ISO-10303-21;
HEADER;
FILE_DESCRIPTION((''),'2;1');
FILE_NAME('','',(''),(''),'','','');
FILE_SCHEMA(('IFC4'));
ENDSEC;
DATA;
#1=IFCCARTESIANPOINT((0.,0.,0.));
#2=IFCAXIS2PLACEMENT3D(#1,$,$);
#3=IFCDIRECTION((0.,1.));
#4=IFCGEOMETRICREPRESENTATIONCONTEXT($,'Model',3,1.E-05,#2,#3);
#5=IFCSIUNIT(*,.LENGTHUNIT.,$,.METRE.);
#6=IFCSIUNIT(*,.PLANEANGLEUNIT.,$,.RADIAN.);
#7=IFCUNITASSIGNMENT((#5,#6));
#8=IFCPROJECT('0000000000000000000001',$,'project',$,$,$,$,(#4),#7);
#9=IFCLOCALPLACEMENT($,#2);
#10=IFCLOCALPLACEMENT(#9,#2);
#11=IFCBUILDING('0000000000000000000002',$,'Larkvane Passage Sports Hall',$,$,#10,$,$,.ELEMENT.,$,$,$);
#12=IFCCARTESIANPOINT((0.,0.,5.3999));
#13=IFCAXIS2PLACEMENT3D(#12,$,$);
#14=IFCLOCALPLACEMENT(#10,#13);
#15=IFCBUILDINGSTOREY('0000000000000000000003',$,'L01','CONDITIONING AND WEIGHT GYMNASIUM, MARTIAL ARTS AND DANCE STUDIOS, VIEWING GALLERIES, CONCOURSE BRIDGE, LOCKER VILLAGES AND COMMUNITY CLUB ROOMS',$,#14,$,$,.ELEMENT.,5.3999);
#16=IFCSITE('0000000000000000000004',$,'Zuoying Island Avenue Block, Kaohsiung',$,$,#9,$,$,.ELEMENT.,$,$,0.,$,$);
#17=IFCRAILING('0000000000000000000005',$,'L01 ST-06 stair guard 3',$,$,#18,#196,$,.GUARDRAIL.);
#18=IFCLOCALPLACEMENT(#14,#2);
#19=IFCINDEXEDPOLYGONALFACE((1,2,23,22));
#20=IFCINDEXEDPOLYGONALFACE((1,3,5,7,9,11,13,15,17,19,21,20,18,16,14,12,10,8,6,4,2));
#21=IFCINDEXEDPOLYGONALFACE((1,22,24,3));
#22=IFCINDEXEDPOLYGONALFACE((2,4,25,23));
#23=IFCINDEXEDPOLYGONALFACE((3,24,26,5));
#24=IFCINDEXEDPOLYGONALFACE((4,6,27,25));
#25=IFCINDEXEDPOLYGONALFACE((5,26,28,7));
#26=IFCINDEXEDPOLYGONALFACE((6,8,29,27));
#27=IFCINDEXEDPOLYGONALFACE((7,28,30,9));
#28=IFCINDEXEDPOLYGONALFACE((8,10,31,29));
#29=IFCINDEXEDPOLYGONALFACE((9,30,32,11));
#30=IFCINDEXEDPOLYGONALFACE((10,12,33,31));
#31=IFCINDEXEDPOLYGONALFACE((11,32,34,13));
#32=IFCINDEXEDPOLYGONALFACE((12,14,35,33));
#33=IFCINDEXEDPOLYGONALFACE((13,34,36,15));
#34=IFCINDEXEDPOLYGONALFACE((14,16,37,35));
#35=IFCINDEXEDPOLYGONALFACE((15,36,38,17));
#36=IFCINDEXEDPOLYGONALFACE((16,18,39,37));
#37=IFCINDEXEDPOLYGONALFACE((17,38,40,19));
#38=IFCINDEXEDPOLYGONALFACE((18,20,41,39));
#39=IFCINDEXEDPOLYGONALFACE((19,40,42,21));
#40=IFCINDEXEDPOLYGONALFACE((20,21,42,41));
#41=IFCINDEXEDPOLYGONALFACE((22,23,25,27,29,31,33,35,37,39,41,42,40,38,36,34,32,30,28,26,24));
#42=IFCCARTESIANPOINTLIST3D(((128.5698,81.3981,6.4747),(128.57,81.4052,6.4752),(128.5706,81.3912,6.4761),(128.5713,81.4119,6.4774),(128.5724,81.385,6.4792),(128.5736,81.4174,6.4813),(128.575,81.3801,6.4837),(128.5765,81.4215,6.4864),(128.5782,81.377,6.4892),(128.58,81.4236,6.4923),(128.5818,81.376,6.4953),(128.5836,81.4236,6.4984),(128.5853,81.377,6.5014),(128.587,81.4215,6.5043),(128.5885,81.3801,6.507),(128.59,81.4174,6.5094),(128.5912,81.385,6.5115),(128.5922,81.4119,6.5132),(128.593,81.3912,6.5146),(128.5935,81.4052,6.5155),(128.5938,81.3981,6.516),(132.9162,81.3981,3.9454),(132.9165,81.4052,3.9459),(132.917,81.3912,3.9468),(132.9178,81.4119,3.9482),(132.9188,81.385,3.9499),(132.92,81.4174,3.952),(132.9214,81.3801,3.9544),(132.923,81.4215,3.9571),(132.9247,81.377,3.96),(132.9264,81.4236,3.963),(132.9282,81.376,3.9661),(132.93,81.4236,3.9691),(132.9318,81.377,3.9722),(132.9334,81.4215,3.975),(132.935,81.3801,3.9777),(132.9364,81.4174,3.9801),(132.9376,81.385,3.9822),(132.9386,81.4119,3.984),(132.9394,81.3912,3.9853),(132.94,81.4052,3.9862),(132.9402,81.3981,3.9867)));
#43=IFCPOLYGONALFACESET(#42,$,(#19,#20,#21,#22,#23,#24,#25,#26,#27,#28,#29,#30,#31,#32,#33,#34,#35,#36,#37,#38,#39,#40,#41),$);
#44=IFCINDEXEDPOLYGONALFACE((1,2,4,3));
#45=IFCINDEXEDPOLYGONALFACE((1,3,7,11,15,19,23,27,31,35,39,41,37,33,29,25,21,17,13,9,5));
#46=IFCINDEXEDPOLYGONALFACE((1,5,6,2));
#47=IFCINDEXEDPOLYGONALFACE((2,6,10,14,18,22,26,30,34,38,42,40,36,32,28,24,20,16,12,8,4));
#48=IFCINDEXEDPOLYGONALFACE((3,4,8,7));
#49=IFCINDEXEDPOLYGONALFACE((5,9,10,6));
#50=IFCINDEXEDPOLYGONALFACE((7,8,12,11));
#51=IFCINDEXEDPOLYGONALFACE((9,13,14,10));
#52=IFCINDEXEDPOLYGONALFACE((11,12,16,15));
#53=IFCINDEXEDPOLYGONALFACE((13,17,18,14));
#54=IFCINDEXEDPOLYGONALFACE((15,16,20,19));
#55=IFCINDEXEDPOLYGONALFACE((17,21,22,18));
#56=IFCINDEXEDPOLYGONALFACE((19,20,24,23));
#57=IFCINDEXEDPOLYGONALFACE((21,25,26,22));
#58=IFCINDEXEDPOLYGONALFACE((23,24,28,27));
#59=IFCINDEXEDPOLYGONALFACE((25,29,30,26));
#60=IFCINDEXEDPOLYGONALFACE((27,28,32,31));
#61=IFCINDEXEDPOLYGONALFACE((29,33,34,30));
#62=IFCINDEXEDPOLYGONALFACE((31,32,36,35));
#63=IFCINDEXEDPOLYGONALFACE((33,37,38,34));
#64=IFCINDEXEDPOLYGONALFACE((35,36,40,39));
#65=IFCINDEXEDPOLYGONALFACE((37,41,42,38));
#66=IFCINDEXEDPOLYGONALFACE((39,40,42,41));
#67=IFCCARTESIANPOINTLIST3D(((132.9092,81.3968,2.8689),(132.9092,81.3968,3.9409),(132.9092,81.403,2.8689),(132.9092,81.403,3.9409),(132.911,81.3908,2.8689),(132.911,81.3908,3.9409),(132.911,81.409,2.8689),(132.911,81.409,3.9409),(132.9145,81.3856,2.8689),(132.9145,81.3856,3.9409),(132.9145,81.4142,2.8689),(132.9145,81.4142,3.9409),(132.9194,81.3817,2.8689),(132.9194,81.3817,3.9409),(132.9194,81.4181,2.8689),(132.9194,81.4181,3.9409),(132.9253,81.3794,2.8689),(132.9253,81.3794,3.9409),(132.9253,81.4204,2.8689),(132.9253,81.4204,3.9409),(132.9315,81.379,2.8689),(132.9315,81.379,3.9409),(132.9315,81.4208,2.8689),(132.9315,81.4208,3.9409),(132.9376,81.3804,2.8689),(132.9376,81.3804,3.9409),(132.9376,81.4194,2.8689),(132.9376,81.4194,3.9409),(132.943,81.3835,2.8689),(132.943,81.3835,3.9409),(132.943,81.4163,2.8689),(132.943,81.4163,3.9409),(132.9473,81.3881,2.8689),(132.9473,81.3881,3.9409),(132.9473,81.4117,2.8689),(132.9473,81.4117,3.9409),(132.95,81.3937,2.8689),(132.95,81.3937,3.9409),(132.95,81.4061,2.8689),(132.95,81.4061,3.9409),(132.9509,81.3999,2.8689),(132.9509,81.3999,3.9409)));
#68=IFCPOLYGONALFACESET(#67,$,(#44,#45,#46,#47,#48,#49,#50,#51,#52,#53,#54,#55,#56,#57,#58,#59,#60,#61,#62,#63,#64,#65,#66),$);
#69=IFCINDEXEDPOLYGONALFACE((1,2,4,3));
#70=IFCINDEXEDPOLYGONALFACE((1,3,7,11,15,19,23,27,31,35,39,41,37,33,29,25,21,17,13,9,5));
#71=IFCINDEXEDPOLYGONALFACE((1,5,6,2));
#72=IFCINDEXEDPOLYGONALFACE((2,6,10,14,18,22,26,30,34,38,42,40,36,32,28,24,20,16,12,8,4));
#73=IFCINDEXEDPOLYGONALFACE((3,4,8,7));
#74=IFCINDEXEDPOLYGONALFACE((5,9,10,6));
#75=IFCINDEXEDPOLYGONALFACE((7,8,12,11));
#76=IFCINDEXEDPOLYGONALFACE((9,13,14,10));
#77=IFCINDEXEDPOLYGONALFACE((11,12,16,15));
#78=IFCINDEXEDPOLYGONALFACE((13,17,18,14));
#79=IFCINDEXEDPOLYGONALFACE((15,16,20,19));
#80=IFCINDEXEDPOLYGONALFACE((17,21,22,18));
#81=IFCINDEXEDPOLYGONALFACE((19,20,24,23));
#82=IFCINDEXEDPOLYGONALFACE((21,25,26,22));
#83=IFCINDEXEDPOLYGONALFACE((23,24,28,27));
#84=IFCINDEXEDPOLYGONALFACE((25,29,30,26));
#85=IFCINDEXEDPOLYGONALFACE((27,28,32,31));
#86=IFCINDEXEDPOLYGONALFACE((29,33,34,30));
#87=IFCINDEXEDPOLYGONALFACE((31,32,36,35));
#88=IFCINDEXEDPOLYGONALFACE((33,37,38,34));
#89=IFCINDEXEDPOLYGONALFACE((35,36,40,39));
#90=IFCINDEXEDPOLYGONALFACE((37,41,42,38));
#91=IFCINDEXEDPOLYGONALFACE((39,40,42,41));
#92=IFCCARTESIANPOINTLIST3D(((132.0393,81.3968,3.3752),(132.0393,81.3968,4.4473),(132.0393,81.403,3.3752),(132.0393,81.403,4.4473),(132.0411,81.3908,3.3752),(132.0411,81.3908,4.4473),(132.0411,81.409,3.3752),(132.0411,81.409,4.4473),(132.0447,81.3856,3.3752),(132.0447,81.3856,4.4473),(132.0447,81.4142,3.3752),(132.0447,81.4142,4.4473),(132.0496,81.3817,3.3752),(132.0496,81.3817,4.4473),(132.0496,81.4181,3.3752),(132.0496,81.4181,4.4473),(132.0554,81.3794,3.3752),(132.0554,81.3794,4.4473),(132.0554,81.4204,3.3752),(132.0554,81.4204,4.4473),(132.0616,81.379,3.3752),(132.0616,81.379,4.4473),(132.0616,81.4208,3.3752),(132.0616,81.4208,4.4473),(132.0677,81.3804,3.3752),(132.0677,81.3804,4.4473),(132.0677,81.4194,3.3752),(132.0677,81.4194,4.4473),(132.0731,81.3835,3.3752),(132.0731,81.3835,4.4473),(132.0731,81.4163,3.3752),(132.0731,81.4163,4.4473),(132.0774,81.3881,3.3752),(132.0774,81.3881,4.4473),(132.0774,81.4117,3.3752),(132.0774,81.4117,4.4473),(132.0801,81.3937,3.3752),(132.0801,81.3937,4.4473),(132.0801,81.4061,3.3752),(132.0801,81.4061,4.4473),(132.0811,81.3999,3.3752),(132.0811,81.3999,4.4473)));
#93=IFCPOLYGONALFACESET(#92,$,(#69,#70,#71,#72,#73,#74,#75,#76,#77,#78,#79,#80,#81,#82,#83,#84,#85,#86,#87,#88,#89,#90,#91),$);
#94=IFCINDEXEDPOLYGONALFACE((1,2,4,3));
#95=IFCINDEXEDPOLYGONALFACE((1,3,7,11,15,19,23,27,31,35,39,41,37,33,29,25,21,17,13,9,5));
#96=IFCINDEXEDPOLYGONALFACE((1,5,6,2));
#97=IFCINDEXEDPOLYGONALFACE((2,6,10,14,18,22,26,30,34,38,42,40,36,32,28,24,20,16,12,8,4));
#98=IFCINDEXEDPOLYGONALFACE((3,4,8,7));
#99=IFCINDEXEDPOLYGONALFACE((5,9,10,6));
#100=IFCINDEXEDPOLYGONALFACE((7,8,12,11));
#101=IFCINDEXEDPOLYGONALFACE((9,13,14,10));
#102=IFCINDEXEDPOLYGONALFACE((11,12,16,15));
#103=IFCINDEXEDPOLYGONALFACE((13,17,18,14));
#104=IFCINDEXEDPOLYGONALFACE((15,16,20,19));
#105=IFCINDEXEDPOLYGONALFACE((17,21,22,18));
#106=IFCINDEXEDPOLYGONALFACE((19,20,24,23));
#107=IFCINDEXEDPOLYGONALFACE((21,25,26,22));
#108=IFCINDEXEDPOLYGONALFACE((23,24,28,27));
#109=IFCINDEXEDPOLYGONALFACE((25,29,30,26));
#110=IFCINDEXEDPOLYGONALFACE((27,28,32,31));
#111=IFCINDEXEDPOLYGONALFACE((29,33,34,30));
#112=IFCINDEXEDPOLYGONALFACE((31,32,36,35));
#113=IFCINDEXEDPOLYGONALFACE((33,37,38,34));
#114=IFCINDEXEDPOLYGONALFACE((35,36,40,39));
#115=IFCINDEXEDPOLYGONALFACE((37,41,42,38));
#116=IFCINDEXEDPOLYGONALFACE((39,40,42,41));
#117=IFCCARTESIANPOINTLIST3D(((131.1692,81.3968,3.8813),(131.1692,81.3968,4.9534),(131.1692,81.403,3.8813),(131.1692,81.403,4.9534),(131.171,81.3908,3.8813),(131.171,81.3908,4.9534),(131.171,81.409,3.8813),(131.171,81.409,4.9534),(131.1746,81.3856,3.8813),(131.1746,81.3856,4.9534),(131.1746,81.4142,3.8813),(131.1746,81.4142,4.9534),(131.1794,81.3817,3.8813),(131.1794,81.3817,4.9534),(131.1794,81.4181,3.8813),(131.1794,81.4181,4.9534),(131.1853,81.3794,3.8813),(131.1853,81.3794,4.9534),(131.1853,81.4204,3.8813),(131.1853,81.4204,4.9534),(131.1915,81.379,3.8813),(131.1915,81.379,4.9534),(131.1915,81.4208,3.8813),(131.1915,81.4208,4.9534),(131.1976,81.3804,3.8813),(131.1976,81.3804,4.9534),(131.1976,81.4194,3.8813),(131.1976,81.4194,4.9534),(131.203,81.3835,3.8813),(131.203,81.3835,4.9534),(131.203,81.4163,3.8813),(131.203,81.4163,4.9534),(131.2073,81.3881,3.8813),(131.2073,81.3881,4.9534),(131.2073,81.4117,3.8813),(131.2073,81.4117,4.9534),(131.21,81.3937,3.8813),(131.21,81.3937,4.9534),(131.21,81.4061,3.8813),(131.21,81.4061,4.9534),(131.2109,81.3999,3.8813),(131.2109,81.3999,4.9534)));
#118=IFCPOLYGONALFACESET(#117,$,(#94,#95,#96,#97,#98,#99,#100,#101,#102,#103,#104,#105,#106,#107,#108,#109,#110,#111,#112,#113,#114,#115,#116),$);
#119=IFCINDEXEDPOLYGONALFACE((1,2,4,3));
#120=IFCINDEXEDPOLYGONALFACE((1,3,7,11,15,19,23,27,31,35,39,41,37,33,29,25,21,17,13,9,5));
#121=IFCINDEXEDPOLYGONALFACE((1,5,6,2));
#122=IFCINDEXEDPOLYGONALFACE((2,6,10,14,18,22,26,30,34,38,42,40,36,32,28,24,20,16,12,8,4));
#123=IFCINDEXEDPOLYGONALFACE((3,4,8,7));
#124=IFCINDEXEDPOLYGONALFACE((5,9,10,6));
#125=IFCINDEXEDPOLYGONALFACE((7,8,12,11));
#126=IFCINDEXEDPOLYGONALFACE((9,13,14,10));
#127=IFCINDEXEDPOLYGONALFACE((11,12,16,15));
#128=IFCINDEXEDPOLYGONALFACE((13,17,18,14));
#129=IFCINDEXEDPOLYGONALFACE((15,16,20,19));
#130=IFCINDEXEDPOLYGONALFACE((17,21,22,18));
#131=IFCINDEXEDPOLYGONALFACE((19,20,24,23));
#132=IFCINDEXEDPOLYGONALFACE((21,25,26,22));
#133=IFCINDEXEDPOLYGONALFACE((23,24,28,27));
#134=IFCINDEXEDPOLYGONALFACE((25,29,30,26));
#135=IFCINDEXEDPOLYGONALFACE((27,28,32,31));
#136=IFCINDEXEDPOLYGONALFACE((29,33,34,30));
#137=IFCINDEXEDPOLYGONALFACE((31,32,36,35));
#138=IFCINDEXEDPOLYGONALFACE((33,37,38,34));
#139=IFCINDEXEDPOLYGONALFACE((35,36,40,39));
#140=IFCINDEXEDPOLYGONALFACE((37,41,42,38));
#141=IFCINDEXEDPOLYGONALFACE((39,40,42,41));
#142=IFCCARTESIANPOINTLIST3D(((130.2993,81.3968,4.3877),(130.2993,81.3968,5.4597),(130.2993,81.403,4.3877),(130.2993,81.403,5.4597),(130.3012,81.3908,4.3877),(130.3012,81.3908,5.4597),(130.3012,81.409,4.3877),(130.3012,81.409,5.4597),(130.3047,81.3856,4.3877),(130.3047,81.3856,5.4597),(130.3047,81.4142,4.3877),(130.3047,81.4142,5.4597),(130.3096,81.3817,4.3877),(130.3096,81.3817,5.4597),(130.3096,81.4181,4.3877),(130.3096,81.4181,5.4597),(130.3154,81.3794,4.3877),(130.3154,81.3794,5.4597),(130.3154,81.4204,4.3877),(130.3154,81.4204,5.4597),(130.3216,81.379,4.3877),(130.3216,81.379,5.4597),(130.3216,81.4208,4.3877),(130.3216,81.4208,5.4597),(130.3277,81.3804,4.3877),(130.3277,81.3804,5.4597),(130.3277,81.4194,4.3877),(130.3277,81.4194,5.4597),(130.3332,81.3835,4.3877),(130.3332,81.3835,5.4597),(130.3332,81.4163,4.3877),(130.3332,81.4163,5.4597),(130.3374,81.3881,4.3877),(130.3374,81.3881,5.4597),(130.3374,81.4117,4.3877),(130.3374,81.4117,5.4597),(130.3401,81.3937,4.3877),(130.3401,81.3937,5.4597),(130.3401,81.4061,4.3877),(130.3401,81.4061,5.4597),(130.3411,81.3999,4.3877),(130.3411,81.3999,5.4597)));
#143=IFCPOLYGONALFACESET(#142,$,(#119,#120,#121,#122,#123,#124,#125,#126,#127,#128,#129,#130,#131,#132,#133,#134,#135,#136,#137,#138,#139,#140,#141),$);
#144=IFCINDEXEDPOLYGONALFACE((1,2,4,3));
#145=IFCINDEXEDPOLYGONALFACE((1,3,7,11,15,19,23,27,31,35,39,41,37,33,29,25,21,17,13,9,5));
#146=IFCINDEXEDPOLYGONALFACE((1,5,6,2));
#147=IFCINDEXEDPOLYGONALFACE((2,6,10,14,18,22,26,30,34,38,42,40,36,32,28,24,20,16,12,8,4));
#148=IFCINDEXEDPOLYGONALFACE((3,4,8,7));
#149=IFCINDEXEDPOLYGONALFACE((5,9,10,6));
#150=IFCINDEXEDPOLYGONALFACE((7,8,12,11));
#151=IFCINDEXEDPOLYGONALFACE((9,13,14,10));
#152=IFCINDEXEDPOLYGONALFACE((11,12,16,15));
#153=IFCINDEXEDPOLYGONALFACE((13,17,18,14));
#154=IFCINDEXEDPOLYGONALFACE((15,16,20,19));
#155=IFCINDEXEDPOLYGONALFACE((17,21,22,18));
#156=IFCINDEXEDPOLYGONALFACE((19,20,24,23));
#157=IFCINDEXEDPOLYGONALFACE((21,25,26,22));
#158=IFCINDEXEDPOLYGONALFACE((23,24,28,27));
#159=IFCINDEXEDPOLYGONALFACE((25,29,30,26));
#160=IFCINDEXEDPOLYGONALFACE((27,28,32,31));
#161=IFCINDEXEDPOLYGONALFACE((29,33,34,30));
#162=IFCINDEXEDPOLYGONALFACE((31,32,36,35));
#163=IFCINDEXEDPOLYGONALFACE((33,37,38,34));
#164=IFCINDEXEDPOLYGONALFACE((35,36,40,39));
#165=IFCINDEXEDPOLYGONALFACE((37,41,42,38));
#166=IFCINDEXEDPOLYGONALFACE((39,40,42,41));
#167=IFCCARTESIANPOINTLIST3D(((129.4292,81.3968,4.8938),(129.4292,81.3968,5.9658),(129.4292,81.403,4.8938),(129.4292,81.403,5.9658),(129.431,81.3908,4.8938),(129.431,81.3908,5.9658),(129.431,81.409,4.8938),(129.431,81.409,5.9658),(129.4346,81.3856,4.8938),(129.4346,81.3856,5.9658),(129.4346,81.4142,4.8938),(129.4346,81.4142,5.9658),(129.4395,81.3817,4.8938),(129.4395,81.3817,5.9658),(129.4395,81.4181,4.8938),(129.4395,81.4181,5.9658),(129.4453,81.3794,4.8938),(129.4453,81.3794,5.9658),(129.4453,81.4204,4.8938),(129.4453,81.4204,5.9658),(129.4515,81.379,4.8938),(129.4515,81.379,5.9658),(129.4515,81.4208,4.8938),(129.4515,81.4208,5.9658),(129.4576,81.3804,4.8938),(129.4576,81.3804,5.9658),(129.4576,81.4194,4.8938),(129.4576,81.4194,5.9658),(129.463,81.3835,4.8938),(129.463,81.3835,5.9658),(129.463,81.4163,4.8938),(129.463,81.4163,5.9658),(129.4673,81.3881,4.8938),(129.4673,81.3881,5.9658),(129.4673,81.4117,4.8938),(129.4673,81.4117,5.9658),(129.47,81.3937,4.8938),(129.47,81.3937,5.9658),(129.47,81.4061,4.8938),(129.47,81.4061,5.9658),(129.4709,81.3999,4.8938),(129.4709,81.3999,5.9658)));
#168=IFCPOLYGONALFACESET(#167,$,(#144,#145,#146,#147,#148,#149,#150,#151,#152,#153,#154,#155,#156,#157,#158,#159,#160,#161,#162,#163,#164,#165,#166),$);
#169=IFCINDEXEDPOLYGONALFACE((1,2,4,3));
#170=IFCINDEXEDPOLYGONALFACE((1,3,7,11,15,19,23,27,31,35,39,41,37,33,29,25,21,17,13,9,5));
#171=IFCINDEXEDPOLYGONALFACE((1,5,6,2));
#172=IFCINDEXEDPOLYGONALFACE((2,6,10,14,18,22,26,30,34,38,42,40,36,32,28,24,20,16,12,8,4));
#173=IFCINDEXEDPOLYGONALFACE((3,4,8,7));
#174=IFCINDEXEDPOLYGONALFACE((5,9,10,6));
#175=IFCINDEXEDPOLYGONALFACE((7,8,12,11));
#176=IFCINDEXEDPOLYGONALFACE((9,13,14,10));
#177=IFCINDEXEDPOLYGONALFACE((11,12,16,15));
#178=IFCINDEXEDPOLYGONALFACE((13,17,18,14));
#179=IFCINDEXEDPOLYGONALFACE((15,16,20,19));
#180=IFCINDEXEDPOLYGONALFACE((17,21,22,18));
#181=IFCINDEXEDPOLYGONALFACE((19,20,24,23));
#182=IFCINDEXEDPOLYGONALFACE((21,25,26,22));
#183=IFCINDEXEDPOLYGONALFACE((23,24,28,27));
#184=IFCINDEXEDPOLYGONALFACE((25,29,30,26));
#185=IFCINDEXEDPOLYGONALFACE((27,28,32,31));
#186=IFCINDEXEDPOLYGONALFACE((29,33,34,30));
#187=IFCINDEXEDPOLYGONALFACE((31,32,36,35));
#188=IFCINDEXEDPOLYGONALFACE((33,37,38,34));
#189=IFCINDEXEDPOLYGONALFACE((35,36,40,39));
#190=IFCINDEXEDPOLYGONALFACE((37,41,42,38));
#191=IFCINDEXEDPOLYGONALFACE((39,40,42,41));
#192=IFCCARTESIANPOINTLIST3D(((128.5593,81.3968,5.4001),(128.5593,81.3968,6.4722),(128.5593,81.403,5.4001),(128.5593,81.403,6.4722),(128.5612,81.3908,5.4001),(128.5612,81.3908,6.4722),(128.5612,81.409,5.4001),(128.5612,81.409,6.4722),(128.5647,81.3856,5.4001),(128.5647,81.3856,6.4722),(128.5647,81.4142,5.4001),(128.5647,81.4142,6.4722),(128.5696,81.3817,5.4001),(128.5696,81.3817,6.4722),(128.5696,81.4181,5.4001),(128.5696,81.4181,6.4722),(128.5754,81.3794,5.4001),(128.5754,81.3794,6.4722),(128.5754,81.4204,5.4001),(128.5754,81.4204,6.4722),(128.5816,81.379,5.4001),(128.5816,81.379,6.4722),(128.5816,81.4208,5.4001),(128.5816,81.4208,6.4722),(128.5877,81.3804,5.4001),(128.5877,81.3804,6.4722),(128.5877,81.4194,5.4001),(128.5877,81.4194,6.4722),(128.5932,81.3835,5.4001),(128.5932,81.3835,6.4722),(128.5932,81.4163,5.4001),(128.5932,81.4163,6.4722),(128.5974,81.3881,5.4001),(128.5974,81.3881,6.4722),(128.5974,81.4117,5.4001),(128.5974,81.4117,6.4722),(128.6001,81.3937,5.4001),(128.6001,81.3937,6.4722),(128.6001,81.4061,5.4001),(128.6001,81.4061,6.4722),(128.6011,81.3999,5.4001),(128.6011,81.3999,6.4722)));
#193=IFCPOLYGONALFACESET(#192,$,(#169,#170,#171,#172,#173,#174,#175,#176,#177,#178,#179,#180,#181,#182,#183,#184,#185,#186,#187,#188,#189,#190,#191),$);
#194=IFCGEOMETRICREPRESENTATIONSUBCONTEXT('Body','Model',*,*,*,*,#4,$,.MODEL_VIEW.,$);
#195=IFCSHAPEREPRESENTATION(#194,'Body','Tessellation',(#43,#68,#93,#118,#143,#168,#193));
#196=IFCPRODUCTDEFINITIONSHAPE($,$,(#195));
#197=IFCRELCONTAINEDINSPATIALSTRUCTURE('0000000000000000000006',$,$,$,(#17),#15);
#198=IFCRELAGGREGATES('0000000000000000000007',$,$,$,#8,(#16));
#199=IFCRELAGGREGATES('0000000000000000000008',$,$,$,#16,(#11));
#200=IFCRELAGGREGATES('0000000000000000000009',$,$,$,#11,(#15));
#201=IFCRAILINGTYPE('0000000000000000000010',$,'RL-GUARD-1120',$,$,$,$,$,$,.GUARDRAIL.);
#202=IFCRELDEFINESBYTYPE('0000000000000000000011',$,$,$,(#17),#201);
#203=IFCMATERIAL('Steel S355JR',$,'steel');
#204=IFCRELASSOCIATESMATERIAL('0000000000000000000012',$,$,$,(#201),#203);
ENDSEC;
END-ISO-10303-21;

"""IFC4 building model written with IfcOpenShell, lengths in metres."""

from ifc_helpers import new_model, si_unit, direction, frame, origin, origin_2d, place, context, subcontext, project, spatial, circle, extrude, material, type_object, element, save


model = new_model("IFC4")

# Units and contexts
model_context = context("Model", 3, precision=1e-05, world=origin(), true_north=direction((0.0, 1.0)))
body_context = subcontext(model_context, "Body", "Model", "MODEL_VIEW")
ifc_project = project(units=[si_unit("LENGTHUNIT", "METRE"), si_unit("PLANEANGLEUNIT", "RADIAN")], contexts=[model_context])

# Site, building, storey
site_placement = place(None, origin())
site = spatial("IfcSite", under=ifc_project, at=site_placement, Name="Zuoying Island Avenue Block, Kaohsiung", CompositionType="ELEMENT", RefElevation=0.0)
building_placement = place(site_placement, origin())
building = spatial("IfcBuilding", under=site, at=building_placement, Name="Larkvane Passage Sports Hall", CompositionType="ELEMENT")
storey_placement = place(building_placement, frame((0.0, 0.0, 5.3999)))
storey = spatial("IfcBuildingStorey", under=building, at=storey_placement, Name="L01", Description="CONDITIONING AND WEIGHT GYMNASIUM, MARTIAL ARTS AND DANCE STUDIOS, VIEWING GALLERIES, CONCOURSE BRIDGE, LOCKER VILLAGES AND COMMUNITY CLUB ROOMS", CompositionType="ELEMENT", Elevation=5.3999)

# Shared definitions
ifc_material_1 = material(Name="Steel S355JR", Category="steel")

# Railing
railing_type = type_object("IfcRailingType", Name="RL-GUARD-1120", PredefinedType="GUARDRAIL", material=ifc_material_1)
railing_1_placement = place(storey_placement, frame((132.9299, 81.3999, 2.8689)))
element("IfcRailing", 1, at=railing_1_placement, inside=storey, type_object=railing_type, Name="L01 ST-06 stair guard 3", PredefinedType="GUARDRAIL", context=body_context, shape_type="SweptSolid", body=[
    extrude(circle(Radius=0.0239, at=origin_2d()), frame((-0.0017, 0.0, 1.0972), z_axis=(-0.864312, 0.0, 0.502957), x_axis=(0.0, -1.0, 0.0)), (0.0, 0.0, 1.0), 5.0288),
    extrude(circle(Radius=0.021, at=origin_2d()), origin(), (0.0, 0.0, 1.0), 1.072),
    extrude(circle(Radius=0.021, at=origin_2d()), frame((-0.8699, 0.0, 0.5063)), (0.0, 0.0, 1.0), 1.072),
    extrude(circle(Radius=0.021, at=origin_2d()), frame((-1.74, 0.0, 1.0125)), (0.0, 0.0, 1.0), 1.072),
    extrude(circle(Radius=0.021, at=origin_2d()), frame((-2.6099, 0.0, 1.5188)), (0.0, 0.0, 1.0), 1.072),
    extrude(circle(Radius=0.021, at=origin_2d()), frame((-3.48, 0.0, 2.0249)), (0.0, 0.0, 1.0), 1.072),
    extrude(circle(Radius=0.021, at=origin_2d()), frame((-4.3499, 0.0, 2.5312)), (0.0, 0.0, 1.0), 1.072),
])

save(model, "model.ifc")
